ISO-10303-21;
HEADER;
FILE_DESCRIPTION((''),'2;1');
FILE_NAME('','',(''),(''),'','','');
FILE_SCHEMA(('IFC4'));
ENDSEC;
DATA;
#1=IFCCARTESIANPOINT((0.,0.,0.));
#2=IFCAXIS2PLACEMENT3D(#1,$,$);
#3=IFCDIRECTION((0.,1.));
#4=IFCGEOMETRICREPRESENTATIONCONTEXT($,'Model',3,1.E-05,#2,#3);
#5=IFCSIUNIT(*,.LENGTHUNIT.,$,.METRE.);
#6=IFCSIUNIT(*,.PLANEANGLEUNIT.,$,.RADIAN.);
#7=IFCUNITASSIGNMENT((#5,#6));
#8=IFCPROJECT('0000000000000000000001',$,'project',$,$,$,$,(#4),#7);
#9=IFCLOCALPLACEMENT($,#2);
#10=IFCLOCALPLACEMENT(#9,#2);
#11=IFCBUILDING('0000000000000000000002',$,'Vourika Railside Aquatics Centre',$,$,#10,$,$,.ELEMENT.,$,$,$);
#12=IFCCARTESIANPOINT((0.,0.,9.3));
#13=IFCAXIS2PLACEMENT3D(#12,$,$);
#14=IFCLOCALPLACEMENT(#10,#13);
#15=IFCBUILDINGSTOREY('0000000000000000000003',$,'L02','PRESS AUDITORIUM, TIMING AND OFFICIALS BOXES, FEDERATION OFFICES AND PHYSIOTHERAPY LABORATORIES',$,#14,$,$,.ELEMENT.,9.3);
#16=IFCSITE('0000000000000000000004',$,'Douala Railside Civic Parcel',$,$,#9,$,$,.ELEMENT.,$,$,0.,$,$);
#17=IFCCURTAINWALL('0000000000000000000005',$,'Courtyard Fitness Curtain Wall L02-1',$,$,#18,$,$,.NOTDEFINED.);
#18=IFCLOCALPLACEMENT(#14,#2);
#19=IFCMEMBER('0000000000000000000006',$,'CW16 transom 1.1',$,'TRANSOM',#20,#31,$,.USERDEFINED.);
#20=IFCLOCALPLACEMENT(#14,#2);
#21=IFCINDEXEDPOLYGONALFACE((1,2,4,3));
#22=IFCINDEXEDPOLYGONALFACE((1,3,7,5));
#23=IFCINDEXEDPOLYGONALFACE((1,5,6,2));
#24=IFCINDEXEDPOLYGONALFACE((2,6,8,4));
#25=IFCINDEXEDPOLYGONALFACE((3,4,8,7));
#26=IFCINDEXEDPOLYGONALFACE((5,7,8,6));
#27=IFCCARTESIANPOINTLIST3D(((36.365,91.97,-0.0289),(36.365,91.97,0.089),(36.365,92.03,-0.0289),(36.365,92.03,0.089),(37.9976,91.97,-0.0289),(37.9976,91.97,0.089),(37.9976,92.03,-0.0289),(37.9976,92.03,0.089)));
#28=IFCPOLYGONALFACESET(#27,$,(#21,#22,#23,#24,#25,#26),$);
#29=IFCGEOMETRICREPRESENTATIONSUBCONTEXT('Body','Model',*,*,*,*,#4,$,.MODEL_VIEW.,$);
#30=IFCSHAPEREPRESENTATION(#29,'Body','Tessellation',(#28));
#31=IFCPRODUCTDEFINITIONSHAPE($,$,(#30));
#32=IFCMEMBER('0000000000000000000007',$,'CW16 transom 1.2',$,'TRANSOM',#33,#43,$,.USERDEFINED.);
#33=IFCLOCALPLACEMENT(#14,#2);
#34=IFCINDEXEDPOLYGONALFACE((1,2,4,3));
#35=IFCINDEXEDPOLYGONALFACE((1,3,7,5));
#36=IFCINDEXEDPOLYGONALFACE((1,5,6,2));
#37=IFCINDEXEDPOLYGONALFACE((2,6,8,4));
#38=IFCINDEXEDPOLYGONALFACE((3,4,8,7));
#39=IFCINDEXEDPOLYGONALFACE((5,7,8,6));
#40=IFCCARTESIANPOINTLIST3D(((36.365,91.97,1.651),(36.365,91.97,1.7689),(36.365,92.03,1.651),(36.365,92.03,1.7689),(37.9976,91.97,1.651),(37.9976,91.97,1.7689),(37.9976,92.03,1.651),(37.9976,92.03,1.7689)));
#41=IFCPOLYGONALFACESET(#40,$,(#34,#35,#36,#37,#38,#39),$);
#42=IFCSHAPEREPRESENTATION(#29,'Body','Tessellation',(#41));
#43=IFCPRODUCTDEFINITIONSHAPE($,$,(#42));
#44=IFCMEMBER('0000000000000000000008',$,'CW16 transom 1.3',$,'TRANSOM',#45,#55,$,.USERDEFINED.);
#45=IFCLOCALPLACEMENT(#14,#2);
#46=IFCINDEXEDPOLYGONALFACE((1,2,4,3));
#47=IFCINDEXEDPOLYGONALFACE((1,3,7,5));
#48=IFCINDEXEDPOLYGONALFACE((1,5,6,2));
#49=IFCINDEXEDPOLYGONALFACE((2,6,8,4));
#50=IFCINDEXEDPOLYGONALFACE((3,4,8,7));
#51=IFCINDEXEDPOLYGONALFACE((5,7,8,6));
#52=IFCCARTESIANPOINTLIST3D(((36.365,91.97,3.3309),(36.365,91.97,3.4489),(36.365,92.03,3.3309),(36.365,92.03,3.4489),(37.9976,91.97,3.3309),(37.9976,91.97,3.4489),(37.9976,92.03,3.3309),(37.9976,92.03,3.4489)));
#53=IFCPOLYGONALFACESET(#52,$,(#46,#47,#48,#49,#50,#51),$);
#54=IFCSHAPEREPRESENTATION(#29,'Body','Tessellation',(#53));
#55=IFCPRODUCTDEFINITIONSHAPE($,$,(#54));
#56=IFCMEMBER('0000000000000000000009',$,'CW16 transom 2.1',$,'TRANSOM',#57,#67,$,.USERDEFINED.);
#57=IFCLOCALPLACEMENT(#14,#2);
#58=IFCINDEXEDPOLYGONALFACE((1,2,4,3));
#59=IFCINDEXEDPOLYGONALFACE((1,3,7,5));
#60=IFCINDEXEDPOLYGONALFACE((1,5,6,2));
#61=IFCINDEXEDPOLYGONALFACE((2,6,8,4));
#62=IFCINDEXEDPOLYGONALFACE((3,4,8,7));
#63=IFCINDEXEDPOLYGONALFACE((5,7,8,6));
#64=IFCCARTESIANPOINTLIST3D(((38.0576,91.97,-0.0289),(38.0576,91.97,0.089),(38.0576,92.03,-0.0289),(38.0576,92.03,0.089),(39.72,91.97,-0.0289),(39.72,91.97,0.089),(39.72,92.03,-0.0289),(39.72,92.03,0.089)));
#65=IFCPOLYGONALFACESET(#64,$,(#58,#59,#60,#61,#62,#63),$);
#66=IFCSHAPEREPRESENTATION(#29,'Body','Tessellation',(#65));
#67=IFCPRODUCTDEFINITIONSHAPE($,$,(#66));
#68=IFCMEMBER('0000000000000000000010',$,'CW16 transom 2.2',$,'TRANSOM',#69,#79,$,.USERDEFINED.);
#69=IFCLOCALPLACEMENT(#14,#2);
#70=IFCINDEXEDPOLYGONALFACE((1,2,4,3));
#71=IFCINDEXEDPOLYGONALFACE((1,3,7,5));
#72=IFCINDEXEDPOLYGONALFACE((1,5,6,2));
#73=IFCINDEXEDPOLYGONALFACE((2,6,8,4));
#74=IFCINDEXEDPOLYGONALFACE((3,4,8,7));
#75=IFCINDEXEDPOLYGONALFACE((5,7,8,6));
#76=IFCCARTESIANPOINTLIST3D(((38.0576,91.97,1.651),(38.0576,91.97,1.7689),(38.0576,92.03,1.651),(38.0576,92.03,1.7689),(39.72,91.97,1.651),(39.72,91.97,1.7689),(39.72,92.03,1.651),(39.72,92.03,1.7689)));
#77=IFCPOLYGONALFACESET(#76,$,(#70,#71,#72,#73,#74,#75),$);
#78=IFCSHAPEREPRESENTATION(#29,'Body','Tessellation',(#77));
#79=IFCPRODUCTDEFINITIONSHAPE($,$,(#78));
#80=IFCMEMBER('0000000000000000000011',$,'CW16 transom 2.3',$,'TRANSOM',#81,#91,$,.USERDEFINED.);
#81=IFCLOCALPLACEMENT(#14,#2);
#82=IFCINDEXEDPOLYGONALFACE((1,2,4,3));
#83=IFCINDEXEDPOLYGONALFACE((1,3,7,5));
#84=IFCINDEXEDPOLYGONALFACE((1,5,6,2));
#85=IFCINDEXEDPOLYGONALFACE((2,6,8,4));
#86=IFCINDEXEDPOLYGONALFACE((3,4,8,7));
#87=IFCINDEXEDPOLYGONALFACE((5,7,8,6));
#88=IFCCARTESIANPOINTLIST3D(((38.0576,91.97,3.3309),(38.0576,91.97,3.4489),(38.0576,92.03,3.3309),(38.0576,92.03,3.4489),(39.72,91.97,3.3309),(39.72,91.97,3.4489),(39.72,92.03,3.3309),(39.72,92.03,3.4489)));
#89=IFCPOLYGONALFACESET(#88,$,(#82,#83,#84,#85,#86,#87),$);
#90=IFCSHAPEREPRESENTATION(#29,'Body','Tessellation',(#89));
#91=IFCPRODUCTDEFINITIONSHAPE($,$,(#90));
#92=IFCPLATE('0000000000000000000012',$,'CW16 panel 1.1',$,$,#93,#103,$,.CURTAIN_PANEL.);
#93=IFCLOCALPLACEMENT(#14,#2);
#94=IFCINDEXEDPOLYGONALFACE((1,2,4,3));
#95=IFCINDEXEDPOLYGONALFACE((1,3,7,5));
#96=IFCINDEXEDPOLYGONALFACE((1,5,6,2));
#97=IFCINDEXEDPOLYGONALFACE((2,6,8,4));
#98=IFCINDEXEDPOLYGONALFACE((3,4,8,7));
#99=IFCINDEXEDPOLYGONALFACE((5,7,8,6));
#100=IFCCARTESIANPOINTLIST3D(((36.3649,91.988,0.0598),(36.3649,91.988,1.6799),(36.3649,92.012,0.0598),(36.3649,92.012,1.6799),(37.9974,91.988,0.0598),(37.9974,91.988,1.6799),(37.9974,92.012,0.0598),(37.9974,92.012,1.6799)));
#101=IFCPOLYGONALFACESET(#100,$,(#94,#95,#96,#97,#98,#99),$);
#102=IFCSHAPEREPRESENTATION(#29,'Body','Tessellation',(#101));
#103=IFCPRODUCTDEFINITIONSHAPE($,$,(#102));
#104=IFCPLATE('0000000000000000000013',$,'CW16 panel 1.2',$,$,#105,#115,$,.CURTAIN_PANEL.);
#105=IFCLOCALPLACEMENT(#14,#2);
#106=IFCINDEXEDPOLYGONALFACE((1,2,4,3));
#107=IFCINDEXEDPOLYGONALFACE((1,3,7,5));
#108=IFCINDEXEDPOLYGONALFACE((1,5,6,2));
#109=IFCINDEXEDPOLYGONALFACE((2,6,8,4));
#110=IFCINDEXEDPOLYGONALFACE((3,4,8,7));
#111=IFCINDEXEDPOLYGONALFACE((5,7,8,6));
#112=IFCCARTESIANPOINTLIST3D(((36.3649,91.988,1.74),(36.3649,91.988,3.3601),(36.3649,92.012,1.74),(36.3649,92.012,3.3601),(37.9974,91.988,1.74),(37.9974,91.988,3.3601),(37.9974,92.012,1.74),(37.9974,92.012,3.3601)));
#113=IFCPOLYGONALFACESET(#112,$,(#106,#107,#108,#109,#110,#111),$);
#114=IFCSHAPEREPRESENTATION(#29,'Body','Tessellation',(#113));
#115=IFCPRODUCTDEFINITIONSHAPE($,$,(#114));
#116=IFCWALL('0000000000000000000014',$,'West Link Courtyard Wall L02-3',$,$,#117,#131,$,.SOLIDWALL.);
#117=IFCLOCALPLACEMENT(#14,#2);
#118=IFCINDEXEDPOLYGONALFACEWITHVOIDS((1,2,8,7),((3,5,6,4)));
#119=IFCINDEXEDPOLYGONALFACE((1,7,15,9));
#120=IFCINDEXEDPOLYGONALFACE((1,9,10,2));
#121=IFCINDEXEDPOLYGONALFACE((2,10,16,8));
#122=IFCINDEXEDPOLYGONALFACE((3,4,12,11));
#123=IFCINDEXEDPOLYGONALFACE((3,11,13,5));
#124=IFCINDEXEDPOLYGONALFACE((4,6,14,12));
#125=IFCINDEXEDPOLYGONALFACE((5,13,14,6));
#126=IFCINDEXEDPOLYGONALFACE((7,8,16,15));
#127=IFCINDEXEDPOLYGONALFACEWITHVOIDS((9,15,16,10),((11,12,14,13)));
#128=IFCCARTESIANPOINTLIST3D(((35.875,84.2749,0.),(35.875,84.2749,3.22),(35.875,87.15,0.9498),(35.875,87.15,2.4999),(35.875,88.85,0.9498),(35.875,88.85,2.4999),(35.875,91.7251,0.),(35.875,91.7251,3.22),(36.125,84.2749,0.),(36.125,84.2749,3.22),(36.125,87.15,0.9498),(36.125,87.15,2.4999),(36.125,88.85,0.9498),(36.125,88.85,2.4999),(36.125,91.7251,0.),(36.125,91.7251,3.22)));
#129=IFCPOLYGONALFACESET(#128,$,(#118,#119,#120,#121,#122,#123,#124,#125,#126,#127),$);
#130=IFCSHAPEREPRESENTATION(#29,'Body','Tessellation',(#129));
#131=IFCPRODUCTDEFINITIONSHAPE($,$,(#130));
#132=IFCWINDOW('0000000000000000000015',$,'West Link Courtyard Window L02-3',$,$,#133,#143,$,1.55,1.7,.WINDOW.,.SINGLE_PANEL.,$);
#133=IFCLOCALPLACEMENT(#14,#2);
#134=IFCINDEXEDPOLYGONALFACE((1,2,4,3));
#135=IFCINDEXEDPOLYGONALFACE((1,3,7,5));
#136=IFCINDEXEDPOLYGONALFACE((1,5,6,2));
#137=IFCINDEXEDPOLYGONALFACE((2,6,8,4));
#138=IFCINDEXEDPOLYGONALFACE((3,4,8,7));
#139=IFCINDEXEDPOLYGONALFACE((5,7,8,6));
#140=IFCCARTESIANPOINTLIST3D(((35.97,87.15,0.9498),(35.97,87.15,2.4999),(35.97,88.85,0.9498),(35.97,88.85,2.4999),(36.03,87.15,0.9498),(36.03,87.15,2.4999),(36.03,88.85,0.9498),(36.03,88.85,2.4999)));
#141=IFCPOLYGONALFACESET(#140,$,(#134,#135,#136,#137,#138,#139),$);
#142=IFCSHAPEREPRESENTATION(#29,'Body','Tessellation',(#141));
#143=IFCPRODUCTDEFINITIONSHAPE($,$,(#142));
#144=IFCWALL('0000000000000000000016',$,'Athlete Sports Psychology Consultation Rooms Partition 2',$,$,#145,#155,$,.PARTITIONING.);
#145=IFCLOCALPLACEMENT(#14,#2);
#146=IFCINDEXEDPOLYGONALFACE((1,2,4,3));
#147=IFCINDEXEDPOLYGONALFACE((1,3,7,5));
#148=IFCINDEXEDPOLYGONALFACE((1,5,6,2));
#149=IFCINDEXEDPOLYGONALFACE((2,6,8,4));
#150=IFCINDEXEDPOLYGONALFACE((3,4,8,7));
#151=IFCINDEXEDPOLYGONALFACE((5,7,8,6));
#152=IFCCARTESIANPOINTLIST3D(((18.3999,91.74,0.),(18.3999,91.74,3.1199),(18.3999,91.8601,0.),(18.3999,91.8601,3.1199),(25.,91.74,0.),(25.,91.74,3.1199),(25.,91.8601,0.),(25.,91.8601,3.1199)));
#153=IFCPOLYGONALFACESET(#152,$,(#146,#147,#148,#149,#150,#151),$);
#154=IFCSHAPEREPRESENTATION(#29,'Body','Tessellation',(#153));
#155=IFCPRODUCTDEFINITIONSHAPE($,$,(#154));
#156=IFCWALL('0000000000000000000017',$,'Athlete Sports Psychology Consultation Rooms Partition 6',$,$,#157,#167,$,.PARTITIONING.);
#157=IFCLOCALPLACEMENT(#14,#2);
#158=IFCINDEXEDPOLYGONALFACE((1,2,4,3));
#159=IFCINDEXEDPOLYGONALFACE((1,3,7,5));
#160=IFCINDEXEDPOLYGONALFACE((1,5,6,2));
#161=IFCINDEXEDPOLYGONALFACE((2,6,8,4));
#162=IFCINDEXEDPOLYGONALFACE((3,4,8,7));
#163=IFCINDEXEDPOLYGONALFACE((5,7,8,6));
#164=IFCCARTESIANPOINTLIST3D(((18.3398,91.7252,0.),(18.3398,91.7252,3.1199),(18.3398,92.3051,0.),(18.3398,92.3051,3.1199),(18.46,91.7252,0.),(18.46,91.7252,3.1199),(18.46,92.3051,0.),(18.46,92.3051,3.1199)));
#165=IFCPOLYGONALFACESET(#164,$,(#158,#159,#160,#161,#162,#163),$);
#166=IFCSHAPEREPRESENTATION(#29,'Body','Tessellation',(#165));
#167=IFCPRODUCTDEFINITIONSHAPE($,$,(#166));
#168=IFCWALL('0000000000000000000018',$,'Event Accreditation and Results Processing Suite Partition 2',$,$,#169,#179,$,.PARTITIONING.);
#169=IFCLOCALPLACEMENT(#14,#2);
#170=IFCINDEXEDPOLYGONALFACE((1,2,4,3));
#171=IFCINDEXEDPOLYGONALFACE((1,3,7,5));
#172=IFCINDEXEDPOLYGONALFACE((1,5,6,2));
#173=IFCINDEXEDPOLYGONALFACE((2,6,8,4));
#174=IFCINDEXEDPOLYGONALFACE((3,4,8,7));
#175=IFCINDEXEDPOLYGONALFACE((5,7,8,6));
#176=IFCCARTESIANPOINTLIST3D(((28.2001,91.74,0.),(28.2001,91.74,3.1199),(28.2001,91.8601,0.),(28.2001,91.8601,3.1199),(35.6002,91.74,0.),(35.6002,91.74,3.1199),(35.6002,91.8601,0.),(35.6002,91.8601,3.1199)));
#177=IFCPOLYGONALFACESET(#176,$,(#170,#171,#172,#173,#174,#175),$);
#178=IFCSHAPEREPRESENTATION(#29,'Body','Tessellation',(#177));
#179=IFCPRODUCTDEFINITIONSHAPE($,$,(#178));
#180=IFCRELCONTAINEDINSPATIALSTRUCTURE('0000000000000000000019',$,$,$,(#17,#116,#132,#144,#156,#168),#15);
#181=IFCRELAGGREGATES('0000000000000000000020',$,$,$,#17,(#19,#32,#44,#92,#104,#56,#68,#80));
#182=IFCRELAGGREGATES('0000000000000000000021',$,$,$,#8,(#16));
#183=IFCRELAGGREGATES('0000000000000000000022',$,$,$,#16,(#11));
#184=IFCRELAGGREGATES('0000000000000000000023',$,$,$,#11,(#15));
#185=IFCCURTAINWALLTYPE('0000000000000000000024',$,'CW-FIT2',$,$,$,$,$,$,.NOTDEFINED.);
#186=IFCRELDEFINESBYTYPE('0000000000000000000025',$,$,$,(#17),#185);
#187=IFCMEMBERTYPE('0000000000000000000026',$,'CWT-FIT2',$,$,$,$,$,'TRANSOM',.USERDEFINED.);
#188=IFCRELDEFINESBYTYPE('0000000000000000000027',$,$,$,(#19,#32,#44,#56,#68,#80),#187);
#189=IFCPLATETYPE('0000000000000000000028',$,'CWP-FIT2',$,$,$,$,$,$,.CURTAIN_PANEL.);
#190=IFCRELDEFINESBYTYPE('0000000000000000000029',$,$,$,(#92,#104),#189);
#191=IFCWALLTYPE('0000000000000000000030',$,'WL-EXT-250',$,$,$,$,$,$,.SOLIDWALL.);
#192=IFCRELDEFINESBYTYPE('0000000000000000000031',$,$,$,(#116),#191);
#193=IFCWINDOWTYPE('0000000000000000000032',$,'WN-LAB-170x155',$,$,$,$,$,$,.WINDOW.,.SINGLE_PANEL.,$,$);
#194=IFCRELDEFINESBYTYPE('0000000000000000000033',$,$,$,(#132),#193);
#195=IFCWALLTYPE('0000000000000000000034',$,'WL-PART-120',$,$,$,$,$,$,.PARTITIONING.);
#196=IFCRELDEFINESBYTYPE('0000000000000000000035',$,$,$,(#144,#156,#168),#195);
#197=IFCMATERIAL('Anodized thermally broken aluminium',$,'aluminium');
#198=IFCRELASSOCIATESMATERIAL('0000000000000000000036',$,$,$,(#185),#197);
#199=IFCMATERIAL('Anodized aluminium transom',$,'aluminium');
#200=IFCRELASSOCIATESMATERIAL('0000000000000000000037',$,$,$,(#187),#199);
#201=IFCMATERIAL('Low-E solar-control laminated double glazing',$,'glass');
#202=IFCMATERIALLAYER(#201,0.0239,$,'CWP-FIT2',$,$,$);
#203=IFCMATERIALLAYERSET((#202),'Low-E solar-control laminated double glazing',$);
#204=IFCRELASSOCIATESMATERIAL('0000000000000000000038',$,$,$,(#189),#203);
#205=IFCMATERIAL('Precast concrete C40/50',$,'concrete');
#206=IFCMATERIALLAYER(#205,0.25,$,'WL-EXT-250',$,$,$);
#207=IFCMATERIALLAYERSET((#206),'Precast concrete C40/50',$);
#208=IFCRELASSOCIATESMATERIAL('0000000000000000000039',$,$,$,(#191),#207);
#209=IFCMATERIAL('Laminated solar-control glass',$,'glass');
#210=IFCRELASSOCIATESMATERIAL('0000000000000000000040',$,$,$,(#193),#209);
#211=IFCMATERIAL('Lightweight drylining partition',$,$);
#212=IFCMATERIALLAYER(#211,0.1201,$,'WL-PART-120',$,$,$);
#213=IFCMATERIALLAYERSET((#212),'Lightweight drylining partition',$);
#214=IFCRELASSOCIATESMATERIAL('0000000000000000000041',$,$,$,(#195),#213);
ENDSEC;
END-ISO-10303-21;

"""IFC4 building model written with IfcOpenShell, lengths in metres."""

from ifc_helpers import new_model, si_unit, direction, frame, frame_2d, origin, origin_2d, place, context, subcontext, project, spatial, rectangle, extrude, material, layer, layer_set, material_profile, profile_set, type_object, element, fill, aggregate, save


model = new_model("IFC4")

# Units and contexts
model_context = context("Model", 3, precision=1e-05, world=origin(), true_north=direction((0.0, 1.0)))
body_context = subcontext(model_context, "Body", "Model", "MODEL_VIEW")
ifc_project = project(units=[si_unit("LENGTHUNIT", "METRE"), si_unit("PLANEANGLEUNIT", "RADIAN")], contexts=[model_context])

# Site, building, storey
site_placement = place(None, origin())
site = spatial("IfcSite", under=ifc_project, at=site_placement, Name="Douala Railside Civic Parcel", CompositionType="ELEMENT", RefElevation=0.0)
building_placement = place(site_placement, origin())
building = spatial("IfcBuilding", under=site, at=building_placement, Name="Vourika Railside Aquatics Centre", CompositionType="ELEMENT")
storey_placement = place(building_placement, frame((0.0, 0.0, 9.3)))
storey = spatial("IfcBuildingStorey", under=building, at=storey_placement, Name="L02", Description="PRESS AUDITORIUM, TIMING AND OFFICIALS BOXES, FEDERATION OFFICES AND PHYSIOTHERAPY LABORATORIES", CompositionType="ELEMENT", Elevation=9.3)

# Curtain wall, members, plates
ifc_material_1 = material(Name="Anodized thermally broken aluminium", Category="aluminium")
curtain_wall_type = type_object("IfcCurtainWallType", Name="CW-FIT2", PredefinedType="NOTDEFINED", material=ifc_material_1)
curtain_wall_placement = place(storey_placement, origin())
curtain_wall = element("IfcCurtainWall", 1, at=curtain_wall_placement, inside=storey, type_object=curtain_wall_type, Name="Courtyard Fitness Curtain Wall L02-1", PredefinedType="NOTDEFINED")
ifc_material_2 = material(Name="Anodized aluminium transom", Category="aluminium")
ifc_material_profile_1 = material_profile(ifc_material_2, rectangle(XDim=0.0601, YDim=0.1179, at=origin_2d()), Name="ALU-T 60x118")
ifc_profile_set_1 = profile_set([ifc_material_profile_1], Name="Anodized aluminium transom")
member_type_1 = type_object("IfcMemberType", Name="CWT-FIT2", ElementType="TRANSOM", PredefinedType="USERDEFINED", material=ifc_profile_set_1)
member_1_placement = place(storey_placement, frame((36.365, 92.0, 0.03), z_axis=(1.0, 0.0, 0.0), x_axis=(0.0, 1.0, 0.0)))
member_1 = element("IfcMember", 2, at=member_1_placement, type_object=member_type_1, Name="CW16 transom 1.1", ObjectType="TRANSOM", PredefinedType="USERDEFINED", context=body_context, shape_type="SweptSolid", body=[
    extrude(rectangle(XDim=0.0601, YDim=0.1179, at=origin_2d()), origin(), (0.0, 0.0, 1.0), 1.6326),
])
member_2_placement = place(storey_placement, frame((36.365, 92.0, 1.71), z_axis=(1.0, 0.0, 0.0), x_axis=(0.0, 1.0, 0.0)))
member_2 = element("IfcMember", 3, at=member_2_placement, type_object=member_type_1, Name="CW16 transom 1.2", ObjectType="TRANSOM", PredefinedType="USERDEFINED", context=body_context, shape_type="SweptSolid", body=[
    extrude(rectangle(XDim=0.0601, YDim=0.1179, at=origin_2d()), origin(), (0.0, 0.0, 1.0), 1.6326),
])
member_3_placement = place(storey_placement, frame((36.365, 92.0, 3.3899), z_axis=(1.0, 0.0, 0.0), x_axis=(0.0, 1.0, 0.0)))
member_3 = element("IfcMember", 4, at=member_3_placement, type_object=member_type_1, Name="CW16 transom 1.3", ObjectType="TRANSOM", PredefinedType="USERDEFINED", context=body_context, shape_type="SweptSolid", body=[
    extrude(rectangle(XDim=0.0601, YDim=0.1179, at=origin_2d()), origin(), (0.0, 0.0, 1.0), 1.6326),
])
member_4_placement = place(storey_placement, frame((38.0576, 92.0, 0.03), z_axis=(1.0, 0.0, 0.0), x_axis=(0.0, 1.0, 0.0)))
member_4 = element("IfcMember", 5, at=member_4_placement, type_object=member_type_1, Name="CW16 transom 2.1", ObjectType="TRANSOM", PredefinedType="USERDEFINED", context=body_context, shape_type="SweptSolid", body=[
    extrude(rectangle(XDim=0.0601, YDim=0.1179, at=origin_2d()), origin(), (0.0, 0.0, 1.0), 1.6624),
])
member_5_placement = place(storey_placement, frame((38.0576, 92.0, 1.71), z_axis=(1.0, 0.0, 0.0), x_axis=(0.0, 1.0, 0.0)))
member_5 = element("IfcMember", 6, at=member_5_placement, type_object=member_type_1, Name="CW16 transom 2.2", ObjectType="TRANSOM", PredefinedType="USERDEFINED", context=body_context, shape_type="SweptSolid", body=[
    extrude(rectangle(XDim=0.0601, YDim=0.1179, at=origin_2d()), origin(), (0.0, 0.0, 1.0), 1.6624),
])
member_6_placement = place(storey_placement, frame((38.0576, 92.0, 3.3899), z_axis=(1.0, 0.0, 0.0), x_axis=(0.0, 1.0, 0.0)))
member_6 = element("IfcMember", 7, at=member_6_placement, type_object=member_type_1, Name="CW16 transom 2.3", ObjectType="TRANSOM", PredefinedType="USERDEFINED", context=body_context, shape_type="SweptSolid", body=[
    extrude(rectangle(XDim=0.0601, YDim=0.1179, at=origin_2d()), origin(), (0.0, 0.0, 1.0), 1.6624),
])
ifc_material_3 = material(Name="Low-E solar-control laminated double glazing", Category="glass")
ifc_layer_1 = layer(ifc_material_3, 0.0239, Name="CWP-FIT2")
ifc_layer_set_1 = layer_set([ifc_layer_1], Name="Low-E solar-control laminated double glazing")
plate_type = type_object("IfcPlateType", Name="CWP-FIT2", PredefinedType="CURTAIN_PANEL", material=ifc_layer_set_1)
plate_1_placement = place(storey_placement, frame((37.1812, 92.0, 0.0598), z_axis=(0.0, 0.0, 1.0), x_axis=(1.0, 0.0, 0.0)))
plate_1 = element("IfcPlate", 8, at=plate_1_placement, type_object=plate_type, Name="CW16 panel 1.1", PredefinedType="CURTAIN_PANEL", context=body_context, shape_type="SweptSolid", body=[
    extrude(rectangle(XDim=1.6326, YDim=0.0239, at=origin_2d()), origin(), (0.0, 0.0, 1.0), 1.6201),
])
plate_2_placement = place(storey_placement, frame((37.1812, 92.0, 1.74), z_axis=(0.0, 0.0, 1.0), x_axis=(1.0, 0.0, 0.0)))
plate_2 = element("IfcPlate", 9, at=plate_2_placement, type_object=plate_type, Name="CW16 panel 1.2", PredefinedType="CURTAIN_PANEL", context=body_context, shape_type="SweptSolid", body=[
    extrude(rectangle(XDim=1.6326, YDim=0.0239, at=origin_2d()), origin(), (0.0, 0.0, 1.0), 1.6201),
])
aggregate(curtain_wall, [member_1, member_2, member_3, plate_1, plate_2, member_4, member_5, member_6])

# Wall, opening, window
ifc_material_4 = material(Name="Precast concrete C40/50", Category="concrete")
ifc_layer_2 = layer(ifc_material_4, 0.25, Name="WL-EXT-250")
ifc_layer_set_2 = layer_set([ifc_layer_2], Name="Precast concrete C40/50")
wall_type_1 = type_object("IfcWallType", Name="WL-EXT-250", PredefinedType="SOLIDWALL", material=ifc_layer_set_2)
wall_1_placement = place(storey_placement, frame((36.0, 84.2749, 0.0), z_axis=(0.0, 0.0, 1.0), x_axis=(0.0, 1.0, 0.0)))
wall_1 = element("IfcWall", 10, at=wall_1_placement, inside=storey, type_object=wall_type_1, Name="West Link Courtyard Wall L02-3", PredefinedType="SOLIDWALL", context=body_context, shape_type="SweptSolid", body=[
    extrude(rectangle(XDim=7.4502, YDim=0.25, at=frame_2d((3.7251, 0.0))), origin(), (0.0, 0.0, 1.0), 3.22),
])
opening_placement = place(wall_1_placement, frame((2.875, 0.0, 0.95)))
opening = element("IfcOpeningElement", 11, at=opening_placement, cuts=wall_1, PredefinedType="OPENING", context=body_context, shape_type="SweptSolid", body=[
    extrude(rectangle(XDim=1.7, YDim=1.55, at=frame_2d((0.8501, 0.7749))), frame((0.0, 0.135, 0.0), z_axis=(0.0, -1.0, 0.0), x_axis=(1.0, 0.0, 0.0)), (0.0, 0.0, 1.0), 0.27),
])
ifc_material_5 = material(Name="Laminated solar-control glass", Category="glass")
window_type = type_object("IfcWindowType", Name="WN-LAB-170x155", PartitioningType="SINGLE_PANEL", PredefinedType="WINDOW", material=ifc_material_5)
window_placement = place(opening_placement, origin())
window = element("IfcWindow", 12, at=window_placement, inside=storey, type_object=window_type, Name="West Link Courtyard Window L02-3", OverallHeight=1.55, OverallWidth=1.7, PartitioningType="SINGLE_PANEL", PredefinedType="WINDOW", context=body_context, shape_type="SweptSolid", body=[
    extrude(rectangle(XDim=1.7, YDim=1.55, at=frame_2d((0.8501, 0.7749))), frame((0.0, 0.03, 0.0), z_axis=(0.0, -1.0, 0.0), x_axis=(1.0, 0.0, 0.0)), (0.0, 0.0, 1.0), 0.0601),
])
fill(opening, window)

# Walls
ifc_material_6 = material(Name="Lightweight drylining partition")
ifc_layer_3 = layer(ifc_material_6, 0.1201, Name="WL-PART-120")
ifc_layer_set_3 = layer_set([ifc_layer_3], Name="Lightweight drylining partition")
wall_type_2 = type_object("IfcWallType", Name="WL-PART-120", PredefinedType="PARTITIONING", material=ifc_layer_set_3)
wall_2_placement = place(storey_placement, frame((18.3999, 91.8, 0.0), z_axis=(0.0, 0.0, 1.0), x_axis=(1.0, 0.0, 0.0)))
element("IfcWall", 13, at=wall_2_placement, inside=storey, type_object=wall_type_2, Name="Athlete Sports Psychology Consultation Rooms Partition 2", PredefinedType="PARTITIONING", context=body_context, shape_type="SweptSolid", body=[
    extrude(rectangle(XDim=6.6001, YDim=0.1201, at=frame_2d((3.3, 0.0))), origin(), (0.0, 0.0, 1.0), 3.1199),
])
wall_3_placement = place(storey_placement, frame((18.3999, 91.7251, 0.0), z_axis=(0.0, 0.0, 1.0), x_axis=(0.0, 1.0, 0.0)))
element("IfcWall", 14, at=wall_3_placement, inside=storey, type_object=wall_type_2, Name="Athlete Sports Psychology Consultation Rooms Partition 6", PredefinedType="PARTITIONING", context=body_context, shape_type="SweptSolid", body=[
    extrude(rectangle(XDim=0.5798, YDim=0.1201, at=frame_2d((0.29, 0.0))), origin(), (0.0, 0.0, 1.0), 3.1199),
])
wall_4_placement = place(storey_placement, frame((28.2, 91.8, 0.0), z_axis=(0.0, 0.0, 1.0), x_axis=(1.0, 0.0, 0.0)))
element("IfcWall", 15, at=wall_4_placement, inside=storey, type_object=wall_type_2, Name="Event Accreditation and Results Processing Suite Partition 2", PredefinedType="PARTITIONING", context=body_context, shape_type="SweptSolid", body=[
    extrude(rectangle(XDim=7.4001, YDim=0.1201, at=frame_2d((3.7002, 0.0))), origin(), (0.0, 0.0, 1.0), 3.1199),
])

save(model, "model.ifc")
